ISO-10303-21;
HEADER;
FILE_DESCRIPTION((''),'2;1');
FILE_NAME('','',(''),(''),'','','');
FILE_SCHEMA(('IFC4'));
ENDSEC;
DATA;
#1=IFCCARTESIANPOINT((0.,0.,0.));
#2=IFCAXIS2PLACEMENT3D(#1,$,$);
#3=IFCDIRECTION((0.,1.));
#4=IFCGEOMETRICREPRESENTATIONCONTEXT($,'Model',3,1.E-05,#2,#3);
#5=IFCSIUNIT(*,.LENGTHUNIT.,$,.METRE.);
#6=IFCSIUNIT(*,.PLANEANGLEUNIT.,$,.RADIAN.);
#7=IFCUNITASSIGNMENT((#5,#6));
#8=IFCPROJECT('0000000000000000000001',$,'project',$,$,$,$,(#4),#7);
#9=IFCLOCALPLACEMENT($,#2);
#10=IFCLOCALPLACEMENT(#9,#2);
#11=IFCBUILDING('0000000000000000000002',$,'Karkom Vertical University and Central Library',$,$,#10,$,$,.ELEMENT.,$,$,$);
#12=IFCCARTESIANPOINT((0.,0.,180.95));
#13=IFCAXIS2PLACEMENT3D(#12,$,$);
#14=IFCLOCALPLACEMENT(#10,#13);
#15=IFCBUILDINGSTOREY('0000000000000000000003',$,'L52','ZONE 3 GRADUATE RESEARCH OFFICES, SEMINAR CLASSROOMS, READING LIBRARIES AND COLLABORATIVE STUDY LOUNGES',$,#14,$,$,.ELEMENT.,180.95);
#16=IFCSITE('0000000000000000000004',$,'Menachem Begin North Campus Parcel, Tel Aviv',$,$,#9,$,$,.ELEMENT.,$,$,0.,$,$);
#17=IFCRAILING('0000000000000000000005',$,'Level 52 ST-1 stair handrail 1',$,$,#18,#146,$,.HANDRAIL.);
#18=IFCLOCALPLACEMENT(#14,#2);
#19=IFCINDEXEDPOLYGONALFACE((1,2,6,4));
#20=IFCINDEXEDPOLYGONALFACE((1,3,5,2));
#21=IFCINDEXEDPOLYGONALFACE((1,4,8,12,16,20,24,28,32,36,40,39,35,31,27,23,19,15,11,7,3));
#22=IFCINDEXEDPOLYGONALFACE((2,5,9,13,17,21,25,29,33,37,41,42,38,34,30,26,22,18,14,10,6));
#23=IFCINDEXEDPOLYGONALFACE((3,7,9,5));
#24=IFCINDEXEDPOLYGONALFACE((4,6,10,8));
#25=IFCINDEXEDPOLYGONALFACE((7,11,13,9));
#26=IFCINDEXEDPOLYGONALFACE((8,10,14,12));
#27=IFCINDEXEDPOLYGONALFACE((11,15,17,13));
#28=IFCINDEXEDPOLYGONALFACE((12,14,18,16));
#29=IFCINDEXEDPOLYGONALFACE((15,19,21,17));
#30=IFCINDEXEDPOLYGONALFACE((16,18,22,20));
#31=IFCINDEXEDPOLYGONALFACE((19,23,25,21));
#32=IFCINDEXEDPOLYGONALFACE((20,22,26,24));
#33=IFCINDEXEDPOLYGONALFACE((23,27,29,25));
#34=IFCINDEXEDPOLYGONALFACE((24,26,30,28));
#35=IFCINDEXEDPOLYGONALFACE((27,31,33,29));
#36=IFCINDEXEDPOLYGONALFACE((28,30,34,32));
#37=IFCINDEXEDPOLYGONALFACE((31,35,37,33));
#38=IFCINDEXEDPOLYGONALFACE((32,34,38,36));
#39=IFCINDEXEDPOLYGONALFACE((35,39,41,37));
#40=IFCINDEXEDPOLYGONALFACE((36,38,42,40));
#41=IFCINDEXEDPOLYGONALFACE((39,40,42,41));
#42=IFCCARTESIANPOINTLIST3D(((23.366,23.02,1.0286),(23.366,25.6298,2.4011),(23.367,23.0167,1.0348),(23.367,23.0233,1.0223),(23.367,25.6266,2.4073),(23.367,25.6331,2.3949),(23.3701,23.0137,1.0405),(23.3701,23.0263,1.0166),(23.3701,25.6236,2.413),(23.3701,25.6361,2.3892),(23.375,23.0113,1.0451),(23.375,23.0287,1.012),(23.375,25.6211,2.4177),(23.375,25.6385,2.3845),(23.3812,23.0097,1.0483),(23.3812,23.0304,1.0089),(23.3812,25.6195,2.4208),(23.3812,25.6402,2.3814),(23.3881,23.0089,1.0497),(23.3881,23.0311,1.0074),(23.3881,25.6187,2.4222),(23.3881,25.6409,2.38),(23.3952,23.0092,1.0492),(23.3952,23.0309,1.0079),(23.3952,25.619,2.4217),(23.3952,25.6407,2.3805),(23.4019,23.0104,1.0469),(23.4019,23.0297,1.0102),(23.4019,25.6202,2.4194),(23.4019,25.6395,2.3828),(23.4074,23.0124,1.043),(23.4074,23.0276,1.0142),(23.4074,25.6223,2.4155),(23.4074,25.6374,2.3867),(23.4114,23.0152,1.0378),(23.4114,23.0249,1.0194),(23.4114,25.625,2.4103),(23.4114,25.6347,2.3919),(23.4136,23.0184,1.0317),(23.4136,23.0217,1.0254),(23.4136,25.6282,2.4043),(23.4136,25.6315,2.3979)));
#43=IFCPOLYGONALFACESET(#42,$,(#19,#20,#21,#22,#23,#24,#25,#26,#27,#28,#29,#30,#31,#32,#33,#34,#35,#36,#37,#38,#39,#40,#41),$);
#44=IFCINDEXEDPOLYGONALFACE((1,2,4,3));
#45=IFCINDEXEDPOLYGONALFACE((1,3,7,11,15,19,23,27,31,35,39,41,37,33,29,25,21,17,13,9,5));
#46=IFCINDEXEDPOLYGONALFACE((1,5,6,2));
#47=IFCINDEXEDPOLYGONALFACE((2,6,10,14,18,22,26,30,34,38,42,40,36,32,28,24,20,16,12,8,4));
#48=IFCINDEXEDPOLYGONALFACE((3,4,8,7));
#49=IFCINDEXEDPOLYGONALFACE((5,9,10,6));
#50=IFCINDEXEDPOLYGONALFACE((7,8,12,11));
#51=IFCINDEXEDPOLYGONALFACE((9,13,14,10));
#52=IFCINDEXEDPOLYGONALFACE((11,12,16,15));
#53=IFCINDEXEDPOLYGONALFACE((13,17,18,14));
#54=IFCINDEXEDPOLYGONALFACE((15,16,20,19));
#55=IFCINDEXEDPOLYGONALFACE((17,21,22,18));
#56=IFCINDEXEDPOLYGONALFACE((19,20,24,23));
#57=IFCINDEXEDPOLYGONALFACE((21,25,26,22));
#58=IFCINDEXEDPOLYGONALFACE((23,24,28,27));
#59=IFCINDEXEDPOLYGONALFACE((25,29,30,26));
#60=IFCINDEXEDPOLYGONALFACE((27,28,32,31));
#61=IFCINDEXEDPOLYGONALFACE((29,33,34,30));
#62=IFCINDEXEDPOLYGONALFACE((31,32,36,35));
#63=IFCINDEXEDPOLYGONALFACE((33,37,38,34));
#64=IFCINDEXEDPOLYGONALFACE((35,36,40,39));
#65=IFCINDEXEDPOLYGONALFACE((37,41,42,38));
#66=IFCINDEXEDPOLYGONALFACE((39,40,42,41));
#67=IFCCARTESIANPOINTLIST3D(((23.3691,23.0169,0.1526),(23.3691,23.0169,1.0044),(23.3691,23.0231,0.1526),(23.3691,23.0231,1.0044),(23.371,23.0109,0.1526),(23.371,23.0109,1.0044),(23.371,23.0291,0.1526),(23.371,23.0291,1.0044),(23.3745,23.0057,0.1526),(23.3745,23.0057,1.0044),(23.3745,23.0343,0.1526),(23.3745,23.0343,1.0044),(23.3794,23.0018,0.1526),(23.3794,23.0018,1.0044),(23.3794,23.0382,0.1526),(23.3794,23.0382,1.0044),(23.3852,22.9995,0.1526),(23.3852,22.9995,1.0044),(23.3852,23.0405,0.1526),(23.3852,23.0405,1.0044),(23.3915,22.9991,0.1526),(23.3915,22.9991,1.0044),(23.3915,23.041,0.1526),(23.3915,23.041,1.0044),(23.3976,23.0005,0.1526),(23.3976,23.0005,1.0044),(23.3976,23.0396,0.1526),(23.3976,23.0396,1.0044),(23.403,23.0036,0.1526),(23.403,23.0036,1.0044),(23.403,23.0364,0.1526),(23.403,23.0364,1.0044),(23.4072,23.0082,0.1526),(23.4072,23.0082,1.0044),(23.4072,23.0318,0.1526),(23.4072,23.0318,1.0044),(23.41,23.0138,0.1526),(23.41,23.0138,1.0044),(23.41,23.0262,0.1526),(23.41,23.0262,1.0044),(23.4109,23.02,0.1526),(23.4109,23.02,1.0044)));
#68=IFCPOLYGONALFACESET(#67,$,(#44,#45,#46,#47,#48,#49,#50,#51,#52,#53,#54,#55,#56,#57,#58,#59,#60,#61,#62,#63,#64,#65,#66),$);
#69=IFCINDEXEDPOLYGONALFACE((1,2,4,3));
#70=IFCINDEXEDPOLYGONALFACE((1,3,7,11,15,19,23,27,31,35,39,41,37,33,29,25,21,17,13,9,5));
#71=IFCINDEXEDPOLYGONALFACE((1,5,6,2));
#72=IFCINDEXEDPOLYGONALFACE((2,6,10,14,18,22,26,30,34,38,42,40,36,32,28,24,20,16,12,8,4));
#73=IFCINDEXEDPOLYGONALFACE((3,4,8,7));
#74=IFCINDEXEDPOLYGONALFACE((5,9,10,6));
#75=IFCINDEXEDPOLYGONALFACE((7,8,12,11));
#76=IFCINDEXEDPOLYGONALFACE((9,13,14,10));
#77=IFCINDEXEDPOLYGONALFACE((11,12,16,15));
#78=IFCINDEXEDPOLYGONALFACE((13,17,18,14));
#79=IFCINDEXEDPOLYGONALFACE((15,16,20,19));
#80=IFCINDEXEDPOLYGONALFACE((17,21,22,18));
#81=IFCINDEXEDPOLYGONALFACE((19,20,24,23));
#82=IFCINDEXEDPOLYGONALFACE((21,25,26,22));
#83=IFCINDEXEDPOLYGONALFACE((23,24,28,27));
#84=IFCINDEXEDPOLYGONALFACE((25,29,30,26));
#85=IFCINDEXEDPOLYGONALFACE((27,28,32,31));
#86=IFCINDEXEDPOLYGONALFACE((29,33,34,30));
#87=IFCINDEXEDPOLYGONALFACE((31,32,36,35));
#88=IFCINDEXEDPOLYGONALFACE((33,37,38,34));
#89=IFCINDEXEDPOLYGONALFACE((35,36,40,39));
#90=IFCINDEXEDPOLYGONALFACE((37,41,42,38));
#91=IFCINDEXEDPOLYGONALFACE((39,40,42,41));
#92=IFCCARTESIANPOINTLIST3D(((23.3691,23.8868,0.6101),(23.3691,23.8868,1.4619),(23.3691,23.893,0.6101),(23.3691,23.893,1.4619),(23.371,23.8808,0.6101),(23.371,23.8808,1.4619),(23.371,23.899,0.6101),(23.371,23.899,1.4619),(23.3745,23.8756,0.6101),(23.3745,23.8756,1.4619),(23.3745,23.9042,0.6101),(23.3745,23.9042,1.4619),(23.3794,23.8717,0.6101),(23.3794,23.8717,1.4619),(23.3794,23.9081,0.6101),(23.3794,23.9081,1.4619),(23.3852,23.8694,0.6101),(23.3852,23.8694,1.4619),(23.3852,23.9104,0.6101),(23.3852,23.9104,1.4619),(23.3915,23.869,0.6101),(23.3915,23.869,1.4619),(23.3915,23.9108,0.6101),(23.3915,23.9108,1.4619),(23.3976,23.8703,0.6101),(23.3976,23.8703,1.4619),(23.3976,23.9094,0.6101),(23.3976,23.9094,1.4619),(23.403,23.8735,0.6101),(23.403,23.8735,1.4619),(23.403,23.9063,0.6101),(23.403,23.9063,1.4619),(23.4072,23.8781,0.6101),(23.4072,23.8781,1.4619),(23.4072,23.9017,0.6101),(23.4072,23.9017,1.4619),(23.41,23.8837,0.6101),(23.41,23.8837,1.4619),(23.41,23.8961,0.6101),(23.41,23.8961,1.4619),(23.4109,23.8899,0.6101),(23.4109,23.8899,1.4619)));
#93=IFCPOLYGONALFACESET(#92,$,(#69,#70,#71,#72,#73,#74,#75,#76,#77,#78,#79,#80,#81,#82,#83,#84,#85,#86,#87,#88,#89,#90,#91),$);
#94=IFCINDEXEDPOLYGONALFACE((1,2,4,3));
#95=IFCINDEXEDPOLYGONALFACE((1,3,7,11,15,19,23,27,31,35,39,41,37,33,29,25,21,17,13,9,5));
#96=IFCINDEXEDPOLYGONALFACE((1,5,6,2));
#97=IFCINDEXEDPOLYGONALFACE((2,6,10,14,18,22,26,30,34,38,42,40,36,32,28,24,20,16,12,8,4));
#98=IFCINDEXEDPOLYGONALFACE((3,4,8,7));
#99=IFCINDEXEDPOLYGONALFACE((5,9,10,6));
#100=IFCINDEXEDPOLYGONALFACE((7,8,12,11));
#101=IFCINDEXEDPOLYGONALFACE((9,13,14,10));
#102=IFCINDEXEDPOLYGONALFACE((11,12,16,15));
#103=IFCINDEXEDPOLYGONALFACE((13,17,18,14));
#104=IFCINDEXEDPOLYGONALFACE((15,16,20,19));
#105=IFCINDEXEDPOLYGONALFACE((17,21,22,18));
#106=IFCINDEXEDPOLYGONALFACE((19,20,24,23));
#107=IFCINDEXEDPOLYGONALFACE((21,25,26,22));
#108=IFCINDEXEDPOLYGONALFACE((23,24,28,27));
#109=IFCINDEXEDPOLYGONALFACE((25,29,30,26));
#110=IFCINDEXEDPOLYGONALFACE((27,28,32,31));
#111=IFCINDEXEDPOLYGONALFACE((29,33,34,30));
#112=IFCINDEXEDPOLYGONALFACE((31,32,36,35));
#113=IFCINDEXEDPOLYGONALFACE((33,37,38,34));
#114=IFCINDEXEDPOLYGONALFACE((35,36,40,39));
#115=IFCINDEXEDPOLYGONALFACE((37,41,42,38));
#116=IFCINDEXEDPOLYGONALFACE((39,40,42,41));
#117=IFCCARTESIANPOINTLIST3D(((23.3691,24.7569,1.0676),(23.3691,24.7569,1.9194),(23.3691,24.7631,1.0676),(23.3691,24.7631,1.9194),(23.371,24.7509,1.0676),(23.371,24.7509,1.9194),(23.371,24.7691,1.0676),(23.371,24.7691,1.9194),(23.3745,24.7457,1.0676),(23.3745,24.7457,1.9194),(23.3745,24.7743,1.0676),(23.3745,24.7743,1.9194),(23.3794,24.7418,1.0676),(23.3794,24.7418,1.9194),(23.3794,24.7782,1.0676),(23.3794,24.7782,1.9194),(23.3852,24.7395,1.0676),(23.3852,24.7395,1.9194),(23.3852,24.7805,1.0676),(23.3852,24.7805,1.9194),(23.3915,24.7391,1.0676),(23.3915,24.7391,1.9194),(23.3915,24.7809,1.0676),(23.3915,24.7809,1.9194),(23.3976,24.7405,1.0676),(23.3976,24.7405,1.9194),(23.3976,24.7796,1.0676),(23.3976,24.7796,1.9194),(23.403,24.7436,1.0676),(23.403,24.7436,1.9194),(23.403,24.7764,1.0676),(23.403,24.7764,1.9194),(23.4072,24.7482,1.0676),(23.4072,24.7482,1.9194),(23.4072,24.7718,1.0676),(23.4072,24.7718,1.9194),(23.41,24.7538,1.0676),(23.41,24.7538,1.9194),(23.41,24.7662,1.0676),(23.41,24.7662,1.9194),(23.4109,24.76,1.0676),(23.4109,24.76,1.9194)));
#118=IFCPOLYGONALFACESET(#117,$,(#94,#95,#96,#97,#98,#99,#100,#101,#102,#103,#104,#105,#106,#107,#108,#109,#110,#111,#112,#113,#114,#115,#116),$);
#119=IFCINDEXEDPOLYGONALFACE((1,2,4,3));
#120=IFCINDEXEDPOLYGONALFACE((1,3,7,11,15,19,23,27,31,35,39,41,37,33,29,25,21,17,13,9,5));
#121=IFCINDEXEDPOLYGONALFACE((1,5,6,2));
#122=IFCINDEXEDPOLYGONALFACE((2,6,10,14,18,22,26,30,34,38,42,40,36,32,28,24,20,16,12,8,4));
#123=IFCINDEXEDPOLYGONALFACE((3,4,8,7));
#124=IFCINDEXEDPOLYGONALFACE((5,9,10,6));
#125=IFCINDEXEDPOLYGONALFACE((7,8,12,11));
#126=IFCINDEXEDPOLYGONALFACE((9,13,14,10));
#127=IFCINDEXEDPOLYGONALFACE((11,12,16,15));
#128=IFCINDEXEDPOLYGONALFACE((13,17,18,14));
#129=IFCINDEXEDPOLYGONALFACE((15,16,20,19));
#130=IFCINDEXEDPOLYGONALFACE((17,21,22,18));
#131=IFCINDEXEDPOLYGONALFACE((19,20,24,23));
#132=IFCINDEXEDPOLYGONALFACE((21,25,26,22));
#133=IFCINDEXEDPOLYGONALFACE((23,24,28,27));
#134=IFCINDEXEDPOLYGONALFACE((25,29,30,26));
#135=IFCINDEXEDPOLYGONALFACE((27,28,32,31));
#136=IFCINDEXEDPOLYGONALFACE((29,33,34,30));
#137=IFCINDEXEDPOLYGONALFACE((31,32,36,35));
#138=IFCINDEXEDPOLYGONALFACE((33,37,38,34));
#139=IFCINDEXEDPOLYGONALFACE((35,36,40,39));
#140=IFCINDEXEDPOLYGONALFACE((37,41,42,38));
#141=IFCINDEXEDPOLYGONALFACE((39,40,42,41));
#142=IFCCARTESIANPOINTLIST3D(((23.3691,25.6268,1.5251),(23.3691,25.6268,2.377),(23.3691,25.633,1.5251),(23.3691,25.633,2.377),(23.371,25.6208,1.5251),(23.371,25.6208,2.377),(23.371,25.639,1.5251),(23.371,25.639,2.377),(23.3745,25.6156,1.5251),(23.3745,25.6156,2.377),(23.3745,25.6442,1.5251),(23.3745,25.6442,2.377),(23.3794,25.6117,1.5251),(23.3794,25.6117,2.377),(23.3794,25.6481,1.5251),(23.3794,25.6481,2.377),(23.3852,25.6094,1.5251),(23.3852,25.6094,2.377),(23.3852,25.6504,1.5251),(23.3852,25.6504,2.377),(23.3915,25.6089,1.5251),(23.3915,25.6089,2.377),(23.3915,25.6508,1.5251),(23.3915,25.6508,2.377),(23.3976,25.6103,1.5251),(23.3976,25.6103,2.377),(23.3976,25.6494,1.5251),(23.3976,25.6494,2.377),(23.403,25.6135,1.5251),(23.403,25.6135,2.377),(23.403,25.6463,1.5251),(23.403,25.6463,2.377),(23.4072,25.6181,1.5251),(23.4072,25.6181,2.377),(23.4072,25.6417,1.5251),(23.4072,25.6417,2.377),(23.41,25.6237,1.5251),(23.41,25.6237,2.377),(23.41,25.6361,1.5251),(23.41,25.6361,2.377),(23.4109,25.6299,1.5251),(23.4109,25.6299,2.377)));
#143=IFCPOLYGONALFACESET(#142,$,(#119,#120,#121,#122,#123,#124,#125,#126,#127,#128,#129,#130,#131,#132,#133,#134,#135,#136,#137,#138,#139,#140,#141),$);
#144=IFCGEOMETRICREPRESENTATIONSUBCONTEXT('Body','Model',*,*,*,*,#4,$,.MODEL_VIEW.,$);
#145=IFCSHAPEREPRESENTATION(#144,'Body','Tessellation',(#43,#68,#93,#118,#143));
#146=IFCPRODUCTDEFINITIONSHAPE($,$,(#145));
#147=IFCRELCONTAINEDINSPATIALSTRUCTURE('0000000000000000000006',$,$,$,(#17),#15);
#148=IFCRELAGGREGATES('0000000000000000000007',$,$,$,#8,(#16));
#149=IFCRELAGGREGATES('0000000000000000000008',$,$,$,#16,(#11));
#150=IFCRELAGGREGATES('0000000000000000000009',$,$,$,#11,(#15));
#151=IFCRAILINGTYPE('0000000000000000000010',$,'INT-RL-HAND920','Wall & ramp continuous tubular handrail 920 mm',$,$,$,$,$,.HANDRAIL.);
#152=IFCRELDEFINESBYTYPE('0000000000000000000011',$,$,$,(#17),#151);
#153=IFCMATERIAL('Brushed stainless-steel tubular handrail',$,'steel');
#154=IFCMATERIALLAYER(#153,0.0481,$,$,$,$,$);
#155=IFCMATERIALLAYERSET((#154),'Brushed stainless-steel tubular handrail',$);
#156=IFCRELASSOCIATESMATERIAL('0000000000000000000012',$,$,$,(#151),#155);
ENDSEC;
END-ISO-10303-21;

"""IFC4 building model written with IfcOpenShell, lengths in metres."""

from ifc_helpers import new_model, si_unit, direction, frame, origin, origin_2d, place, context, subcontext, project, spatial, circle, extrude, material, layer, layer_set, type_object, element, save


model = new_model("IFC4")

# Units and contexts
model_context = context("Model", 3, precision=1e-05, world=origin(), true_north=direction((0.0, 1.0)))
body_context = subcontext(model_context, "Body", "Model", "MODEL_VIEW")
ifc_project = project(units=[si_unit("LENGTHUNIT", "METRE"), si_unit("PLANEANGLEUNIT", "RADIAN")], contexts=[model_context])

# Site, building, storey
site_placement = place(None, origin())
site = spatial("IfcSite", under=ifc_project, at=site_placement, Name="Menachem Begin North Campus Parcel, Tel Aviv", CompositionType="ELEMENT", RefElevation=0.0)
building_placement = place(site_placement, origin())
building = spatial("IfcBuilding", under=site, at=building_placement, Name="Karkom Vertical University and Central Library", CompositionType="ELEMENT")
storey_placement = place(building_placement, frame((0.0, 0.0, 180.95)))
storey = spatial("IfcBuildingStorey", under=building, at=storey_placement, Name="L52", Description="ZONE 3 GRADUATE RESEARCH OFFICES, SEMINAR CLASSROOMS, READING LIBRARIES AND COLLABORATIVE STUDY LOUNGES", CompositionType="ELEMENT", Elevation=180.95)

# Railing
ifc_material_1 = material(Name="Brushed stainless-steel tubular handrail", Category="steel")
ifc_layer_1 = layer(ifc_material_1, 0.0481)
ifc_layer_set_1 = layer_set([ifc_layer_1], Name="Brushed stainless-steel tubular handrail")
railing_type_1 = type_object("IfcRailingType", Name="INT-RL-HAND920", Description="Wall & ramp continuous tubular handrail 920 mm", PredefinedType="HANDRAIL", material=ifc_layer_set_1)
railing_1_placement = place(storey_placement, frame((23.3899, 23.02, 0.1526)))
element("IfcRailing", 1, at=railing_1_placement, inside=storey, type_object=railing_type_1, Name="Level 52 ST-1 stair handrail 1", PredefinedType="HANDRAIL", context=body_context, shape_type="SweptSolid", body=[
    extrude(circle(Radius=0.0239, at=origin_2d()), frame((0.0, 0.0, 0.876), z_axis=(0.0, 0.885065, 0.465467), x_axis=(-1.0, 0.0, 0.0)), (0.0, 0.0, 1.0), 2.9487),
    extrude(circle(Radius=0.021, at=origin_2d()), origin(), (0.0, 0.0, 1.0), 0.8518),
    extrude(circle(Radius=0.021, at=origin_2d()), frame((0.0, 0.8699, 0.4575)), (0.0, 0.0, 1.0), 0.8518),
    extrude(circle(Radius=0.021, at=origin_2d()), frame((0.0, 1.74, 0.915)), (0.0, 0.0, 1.0), 0.8518),
    extrude(circle(Radius=0.021, at=origin_2d()), frame((0.0, 2.6099, 1.3726)), (0.0, 0.0, 1.0), 0.8518),
])

save(model, "model.ifc")
